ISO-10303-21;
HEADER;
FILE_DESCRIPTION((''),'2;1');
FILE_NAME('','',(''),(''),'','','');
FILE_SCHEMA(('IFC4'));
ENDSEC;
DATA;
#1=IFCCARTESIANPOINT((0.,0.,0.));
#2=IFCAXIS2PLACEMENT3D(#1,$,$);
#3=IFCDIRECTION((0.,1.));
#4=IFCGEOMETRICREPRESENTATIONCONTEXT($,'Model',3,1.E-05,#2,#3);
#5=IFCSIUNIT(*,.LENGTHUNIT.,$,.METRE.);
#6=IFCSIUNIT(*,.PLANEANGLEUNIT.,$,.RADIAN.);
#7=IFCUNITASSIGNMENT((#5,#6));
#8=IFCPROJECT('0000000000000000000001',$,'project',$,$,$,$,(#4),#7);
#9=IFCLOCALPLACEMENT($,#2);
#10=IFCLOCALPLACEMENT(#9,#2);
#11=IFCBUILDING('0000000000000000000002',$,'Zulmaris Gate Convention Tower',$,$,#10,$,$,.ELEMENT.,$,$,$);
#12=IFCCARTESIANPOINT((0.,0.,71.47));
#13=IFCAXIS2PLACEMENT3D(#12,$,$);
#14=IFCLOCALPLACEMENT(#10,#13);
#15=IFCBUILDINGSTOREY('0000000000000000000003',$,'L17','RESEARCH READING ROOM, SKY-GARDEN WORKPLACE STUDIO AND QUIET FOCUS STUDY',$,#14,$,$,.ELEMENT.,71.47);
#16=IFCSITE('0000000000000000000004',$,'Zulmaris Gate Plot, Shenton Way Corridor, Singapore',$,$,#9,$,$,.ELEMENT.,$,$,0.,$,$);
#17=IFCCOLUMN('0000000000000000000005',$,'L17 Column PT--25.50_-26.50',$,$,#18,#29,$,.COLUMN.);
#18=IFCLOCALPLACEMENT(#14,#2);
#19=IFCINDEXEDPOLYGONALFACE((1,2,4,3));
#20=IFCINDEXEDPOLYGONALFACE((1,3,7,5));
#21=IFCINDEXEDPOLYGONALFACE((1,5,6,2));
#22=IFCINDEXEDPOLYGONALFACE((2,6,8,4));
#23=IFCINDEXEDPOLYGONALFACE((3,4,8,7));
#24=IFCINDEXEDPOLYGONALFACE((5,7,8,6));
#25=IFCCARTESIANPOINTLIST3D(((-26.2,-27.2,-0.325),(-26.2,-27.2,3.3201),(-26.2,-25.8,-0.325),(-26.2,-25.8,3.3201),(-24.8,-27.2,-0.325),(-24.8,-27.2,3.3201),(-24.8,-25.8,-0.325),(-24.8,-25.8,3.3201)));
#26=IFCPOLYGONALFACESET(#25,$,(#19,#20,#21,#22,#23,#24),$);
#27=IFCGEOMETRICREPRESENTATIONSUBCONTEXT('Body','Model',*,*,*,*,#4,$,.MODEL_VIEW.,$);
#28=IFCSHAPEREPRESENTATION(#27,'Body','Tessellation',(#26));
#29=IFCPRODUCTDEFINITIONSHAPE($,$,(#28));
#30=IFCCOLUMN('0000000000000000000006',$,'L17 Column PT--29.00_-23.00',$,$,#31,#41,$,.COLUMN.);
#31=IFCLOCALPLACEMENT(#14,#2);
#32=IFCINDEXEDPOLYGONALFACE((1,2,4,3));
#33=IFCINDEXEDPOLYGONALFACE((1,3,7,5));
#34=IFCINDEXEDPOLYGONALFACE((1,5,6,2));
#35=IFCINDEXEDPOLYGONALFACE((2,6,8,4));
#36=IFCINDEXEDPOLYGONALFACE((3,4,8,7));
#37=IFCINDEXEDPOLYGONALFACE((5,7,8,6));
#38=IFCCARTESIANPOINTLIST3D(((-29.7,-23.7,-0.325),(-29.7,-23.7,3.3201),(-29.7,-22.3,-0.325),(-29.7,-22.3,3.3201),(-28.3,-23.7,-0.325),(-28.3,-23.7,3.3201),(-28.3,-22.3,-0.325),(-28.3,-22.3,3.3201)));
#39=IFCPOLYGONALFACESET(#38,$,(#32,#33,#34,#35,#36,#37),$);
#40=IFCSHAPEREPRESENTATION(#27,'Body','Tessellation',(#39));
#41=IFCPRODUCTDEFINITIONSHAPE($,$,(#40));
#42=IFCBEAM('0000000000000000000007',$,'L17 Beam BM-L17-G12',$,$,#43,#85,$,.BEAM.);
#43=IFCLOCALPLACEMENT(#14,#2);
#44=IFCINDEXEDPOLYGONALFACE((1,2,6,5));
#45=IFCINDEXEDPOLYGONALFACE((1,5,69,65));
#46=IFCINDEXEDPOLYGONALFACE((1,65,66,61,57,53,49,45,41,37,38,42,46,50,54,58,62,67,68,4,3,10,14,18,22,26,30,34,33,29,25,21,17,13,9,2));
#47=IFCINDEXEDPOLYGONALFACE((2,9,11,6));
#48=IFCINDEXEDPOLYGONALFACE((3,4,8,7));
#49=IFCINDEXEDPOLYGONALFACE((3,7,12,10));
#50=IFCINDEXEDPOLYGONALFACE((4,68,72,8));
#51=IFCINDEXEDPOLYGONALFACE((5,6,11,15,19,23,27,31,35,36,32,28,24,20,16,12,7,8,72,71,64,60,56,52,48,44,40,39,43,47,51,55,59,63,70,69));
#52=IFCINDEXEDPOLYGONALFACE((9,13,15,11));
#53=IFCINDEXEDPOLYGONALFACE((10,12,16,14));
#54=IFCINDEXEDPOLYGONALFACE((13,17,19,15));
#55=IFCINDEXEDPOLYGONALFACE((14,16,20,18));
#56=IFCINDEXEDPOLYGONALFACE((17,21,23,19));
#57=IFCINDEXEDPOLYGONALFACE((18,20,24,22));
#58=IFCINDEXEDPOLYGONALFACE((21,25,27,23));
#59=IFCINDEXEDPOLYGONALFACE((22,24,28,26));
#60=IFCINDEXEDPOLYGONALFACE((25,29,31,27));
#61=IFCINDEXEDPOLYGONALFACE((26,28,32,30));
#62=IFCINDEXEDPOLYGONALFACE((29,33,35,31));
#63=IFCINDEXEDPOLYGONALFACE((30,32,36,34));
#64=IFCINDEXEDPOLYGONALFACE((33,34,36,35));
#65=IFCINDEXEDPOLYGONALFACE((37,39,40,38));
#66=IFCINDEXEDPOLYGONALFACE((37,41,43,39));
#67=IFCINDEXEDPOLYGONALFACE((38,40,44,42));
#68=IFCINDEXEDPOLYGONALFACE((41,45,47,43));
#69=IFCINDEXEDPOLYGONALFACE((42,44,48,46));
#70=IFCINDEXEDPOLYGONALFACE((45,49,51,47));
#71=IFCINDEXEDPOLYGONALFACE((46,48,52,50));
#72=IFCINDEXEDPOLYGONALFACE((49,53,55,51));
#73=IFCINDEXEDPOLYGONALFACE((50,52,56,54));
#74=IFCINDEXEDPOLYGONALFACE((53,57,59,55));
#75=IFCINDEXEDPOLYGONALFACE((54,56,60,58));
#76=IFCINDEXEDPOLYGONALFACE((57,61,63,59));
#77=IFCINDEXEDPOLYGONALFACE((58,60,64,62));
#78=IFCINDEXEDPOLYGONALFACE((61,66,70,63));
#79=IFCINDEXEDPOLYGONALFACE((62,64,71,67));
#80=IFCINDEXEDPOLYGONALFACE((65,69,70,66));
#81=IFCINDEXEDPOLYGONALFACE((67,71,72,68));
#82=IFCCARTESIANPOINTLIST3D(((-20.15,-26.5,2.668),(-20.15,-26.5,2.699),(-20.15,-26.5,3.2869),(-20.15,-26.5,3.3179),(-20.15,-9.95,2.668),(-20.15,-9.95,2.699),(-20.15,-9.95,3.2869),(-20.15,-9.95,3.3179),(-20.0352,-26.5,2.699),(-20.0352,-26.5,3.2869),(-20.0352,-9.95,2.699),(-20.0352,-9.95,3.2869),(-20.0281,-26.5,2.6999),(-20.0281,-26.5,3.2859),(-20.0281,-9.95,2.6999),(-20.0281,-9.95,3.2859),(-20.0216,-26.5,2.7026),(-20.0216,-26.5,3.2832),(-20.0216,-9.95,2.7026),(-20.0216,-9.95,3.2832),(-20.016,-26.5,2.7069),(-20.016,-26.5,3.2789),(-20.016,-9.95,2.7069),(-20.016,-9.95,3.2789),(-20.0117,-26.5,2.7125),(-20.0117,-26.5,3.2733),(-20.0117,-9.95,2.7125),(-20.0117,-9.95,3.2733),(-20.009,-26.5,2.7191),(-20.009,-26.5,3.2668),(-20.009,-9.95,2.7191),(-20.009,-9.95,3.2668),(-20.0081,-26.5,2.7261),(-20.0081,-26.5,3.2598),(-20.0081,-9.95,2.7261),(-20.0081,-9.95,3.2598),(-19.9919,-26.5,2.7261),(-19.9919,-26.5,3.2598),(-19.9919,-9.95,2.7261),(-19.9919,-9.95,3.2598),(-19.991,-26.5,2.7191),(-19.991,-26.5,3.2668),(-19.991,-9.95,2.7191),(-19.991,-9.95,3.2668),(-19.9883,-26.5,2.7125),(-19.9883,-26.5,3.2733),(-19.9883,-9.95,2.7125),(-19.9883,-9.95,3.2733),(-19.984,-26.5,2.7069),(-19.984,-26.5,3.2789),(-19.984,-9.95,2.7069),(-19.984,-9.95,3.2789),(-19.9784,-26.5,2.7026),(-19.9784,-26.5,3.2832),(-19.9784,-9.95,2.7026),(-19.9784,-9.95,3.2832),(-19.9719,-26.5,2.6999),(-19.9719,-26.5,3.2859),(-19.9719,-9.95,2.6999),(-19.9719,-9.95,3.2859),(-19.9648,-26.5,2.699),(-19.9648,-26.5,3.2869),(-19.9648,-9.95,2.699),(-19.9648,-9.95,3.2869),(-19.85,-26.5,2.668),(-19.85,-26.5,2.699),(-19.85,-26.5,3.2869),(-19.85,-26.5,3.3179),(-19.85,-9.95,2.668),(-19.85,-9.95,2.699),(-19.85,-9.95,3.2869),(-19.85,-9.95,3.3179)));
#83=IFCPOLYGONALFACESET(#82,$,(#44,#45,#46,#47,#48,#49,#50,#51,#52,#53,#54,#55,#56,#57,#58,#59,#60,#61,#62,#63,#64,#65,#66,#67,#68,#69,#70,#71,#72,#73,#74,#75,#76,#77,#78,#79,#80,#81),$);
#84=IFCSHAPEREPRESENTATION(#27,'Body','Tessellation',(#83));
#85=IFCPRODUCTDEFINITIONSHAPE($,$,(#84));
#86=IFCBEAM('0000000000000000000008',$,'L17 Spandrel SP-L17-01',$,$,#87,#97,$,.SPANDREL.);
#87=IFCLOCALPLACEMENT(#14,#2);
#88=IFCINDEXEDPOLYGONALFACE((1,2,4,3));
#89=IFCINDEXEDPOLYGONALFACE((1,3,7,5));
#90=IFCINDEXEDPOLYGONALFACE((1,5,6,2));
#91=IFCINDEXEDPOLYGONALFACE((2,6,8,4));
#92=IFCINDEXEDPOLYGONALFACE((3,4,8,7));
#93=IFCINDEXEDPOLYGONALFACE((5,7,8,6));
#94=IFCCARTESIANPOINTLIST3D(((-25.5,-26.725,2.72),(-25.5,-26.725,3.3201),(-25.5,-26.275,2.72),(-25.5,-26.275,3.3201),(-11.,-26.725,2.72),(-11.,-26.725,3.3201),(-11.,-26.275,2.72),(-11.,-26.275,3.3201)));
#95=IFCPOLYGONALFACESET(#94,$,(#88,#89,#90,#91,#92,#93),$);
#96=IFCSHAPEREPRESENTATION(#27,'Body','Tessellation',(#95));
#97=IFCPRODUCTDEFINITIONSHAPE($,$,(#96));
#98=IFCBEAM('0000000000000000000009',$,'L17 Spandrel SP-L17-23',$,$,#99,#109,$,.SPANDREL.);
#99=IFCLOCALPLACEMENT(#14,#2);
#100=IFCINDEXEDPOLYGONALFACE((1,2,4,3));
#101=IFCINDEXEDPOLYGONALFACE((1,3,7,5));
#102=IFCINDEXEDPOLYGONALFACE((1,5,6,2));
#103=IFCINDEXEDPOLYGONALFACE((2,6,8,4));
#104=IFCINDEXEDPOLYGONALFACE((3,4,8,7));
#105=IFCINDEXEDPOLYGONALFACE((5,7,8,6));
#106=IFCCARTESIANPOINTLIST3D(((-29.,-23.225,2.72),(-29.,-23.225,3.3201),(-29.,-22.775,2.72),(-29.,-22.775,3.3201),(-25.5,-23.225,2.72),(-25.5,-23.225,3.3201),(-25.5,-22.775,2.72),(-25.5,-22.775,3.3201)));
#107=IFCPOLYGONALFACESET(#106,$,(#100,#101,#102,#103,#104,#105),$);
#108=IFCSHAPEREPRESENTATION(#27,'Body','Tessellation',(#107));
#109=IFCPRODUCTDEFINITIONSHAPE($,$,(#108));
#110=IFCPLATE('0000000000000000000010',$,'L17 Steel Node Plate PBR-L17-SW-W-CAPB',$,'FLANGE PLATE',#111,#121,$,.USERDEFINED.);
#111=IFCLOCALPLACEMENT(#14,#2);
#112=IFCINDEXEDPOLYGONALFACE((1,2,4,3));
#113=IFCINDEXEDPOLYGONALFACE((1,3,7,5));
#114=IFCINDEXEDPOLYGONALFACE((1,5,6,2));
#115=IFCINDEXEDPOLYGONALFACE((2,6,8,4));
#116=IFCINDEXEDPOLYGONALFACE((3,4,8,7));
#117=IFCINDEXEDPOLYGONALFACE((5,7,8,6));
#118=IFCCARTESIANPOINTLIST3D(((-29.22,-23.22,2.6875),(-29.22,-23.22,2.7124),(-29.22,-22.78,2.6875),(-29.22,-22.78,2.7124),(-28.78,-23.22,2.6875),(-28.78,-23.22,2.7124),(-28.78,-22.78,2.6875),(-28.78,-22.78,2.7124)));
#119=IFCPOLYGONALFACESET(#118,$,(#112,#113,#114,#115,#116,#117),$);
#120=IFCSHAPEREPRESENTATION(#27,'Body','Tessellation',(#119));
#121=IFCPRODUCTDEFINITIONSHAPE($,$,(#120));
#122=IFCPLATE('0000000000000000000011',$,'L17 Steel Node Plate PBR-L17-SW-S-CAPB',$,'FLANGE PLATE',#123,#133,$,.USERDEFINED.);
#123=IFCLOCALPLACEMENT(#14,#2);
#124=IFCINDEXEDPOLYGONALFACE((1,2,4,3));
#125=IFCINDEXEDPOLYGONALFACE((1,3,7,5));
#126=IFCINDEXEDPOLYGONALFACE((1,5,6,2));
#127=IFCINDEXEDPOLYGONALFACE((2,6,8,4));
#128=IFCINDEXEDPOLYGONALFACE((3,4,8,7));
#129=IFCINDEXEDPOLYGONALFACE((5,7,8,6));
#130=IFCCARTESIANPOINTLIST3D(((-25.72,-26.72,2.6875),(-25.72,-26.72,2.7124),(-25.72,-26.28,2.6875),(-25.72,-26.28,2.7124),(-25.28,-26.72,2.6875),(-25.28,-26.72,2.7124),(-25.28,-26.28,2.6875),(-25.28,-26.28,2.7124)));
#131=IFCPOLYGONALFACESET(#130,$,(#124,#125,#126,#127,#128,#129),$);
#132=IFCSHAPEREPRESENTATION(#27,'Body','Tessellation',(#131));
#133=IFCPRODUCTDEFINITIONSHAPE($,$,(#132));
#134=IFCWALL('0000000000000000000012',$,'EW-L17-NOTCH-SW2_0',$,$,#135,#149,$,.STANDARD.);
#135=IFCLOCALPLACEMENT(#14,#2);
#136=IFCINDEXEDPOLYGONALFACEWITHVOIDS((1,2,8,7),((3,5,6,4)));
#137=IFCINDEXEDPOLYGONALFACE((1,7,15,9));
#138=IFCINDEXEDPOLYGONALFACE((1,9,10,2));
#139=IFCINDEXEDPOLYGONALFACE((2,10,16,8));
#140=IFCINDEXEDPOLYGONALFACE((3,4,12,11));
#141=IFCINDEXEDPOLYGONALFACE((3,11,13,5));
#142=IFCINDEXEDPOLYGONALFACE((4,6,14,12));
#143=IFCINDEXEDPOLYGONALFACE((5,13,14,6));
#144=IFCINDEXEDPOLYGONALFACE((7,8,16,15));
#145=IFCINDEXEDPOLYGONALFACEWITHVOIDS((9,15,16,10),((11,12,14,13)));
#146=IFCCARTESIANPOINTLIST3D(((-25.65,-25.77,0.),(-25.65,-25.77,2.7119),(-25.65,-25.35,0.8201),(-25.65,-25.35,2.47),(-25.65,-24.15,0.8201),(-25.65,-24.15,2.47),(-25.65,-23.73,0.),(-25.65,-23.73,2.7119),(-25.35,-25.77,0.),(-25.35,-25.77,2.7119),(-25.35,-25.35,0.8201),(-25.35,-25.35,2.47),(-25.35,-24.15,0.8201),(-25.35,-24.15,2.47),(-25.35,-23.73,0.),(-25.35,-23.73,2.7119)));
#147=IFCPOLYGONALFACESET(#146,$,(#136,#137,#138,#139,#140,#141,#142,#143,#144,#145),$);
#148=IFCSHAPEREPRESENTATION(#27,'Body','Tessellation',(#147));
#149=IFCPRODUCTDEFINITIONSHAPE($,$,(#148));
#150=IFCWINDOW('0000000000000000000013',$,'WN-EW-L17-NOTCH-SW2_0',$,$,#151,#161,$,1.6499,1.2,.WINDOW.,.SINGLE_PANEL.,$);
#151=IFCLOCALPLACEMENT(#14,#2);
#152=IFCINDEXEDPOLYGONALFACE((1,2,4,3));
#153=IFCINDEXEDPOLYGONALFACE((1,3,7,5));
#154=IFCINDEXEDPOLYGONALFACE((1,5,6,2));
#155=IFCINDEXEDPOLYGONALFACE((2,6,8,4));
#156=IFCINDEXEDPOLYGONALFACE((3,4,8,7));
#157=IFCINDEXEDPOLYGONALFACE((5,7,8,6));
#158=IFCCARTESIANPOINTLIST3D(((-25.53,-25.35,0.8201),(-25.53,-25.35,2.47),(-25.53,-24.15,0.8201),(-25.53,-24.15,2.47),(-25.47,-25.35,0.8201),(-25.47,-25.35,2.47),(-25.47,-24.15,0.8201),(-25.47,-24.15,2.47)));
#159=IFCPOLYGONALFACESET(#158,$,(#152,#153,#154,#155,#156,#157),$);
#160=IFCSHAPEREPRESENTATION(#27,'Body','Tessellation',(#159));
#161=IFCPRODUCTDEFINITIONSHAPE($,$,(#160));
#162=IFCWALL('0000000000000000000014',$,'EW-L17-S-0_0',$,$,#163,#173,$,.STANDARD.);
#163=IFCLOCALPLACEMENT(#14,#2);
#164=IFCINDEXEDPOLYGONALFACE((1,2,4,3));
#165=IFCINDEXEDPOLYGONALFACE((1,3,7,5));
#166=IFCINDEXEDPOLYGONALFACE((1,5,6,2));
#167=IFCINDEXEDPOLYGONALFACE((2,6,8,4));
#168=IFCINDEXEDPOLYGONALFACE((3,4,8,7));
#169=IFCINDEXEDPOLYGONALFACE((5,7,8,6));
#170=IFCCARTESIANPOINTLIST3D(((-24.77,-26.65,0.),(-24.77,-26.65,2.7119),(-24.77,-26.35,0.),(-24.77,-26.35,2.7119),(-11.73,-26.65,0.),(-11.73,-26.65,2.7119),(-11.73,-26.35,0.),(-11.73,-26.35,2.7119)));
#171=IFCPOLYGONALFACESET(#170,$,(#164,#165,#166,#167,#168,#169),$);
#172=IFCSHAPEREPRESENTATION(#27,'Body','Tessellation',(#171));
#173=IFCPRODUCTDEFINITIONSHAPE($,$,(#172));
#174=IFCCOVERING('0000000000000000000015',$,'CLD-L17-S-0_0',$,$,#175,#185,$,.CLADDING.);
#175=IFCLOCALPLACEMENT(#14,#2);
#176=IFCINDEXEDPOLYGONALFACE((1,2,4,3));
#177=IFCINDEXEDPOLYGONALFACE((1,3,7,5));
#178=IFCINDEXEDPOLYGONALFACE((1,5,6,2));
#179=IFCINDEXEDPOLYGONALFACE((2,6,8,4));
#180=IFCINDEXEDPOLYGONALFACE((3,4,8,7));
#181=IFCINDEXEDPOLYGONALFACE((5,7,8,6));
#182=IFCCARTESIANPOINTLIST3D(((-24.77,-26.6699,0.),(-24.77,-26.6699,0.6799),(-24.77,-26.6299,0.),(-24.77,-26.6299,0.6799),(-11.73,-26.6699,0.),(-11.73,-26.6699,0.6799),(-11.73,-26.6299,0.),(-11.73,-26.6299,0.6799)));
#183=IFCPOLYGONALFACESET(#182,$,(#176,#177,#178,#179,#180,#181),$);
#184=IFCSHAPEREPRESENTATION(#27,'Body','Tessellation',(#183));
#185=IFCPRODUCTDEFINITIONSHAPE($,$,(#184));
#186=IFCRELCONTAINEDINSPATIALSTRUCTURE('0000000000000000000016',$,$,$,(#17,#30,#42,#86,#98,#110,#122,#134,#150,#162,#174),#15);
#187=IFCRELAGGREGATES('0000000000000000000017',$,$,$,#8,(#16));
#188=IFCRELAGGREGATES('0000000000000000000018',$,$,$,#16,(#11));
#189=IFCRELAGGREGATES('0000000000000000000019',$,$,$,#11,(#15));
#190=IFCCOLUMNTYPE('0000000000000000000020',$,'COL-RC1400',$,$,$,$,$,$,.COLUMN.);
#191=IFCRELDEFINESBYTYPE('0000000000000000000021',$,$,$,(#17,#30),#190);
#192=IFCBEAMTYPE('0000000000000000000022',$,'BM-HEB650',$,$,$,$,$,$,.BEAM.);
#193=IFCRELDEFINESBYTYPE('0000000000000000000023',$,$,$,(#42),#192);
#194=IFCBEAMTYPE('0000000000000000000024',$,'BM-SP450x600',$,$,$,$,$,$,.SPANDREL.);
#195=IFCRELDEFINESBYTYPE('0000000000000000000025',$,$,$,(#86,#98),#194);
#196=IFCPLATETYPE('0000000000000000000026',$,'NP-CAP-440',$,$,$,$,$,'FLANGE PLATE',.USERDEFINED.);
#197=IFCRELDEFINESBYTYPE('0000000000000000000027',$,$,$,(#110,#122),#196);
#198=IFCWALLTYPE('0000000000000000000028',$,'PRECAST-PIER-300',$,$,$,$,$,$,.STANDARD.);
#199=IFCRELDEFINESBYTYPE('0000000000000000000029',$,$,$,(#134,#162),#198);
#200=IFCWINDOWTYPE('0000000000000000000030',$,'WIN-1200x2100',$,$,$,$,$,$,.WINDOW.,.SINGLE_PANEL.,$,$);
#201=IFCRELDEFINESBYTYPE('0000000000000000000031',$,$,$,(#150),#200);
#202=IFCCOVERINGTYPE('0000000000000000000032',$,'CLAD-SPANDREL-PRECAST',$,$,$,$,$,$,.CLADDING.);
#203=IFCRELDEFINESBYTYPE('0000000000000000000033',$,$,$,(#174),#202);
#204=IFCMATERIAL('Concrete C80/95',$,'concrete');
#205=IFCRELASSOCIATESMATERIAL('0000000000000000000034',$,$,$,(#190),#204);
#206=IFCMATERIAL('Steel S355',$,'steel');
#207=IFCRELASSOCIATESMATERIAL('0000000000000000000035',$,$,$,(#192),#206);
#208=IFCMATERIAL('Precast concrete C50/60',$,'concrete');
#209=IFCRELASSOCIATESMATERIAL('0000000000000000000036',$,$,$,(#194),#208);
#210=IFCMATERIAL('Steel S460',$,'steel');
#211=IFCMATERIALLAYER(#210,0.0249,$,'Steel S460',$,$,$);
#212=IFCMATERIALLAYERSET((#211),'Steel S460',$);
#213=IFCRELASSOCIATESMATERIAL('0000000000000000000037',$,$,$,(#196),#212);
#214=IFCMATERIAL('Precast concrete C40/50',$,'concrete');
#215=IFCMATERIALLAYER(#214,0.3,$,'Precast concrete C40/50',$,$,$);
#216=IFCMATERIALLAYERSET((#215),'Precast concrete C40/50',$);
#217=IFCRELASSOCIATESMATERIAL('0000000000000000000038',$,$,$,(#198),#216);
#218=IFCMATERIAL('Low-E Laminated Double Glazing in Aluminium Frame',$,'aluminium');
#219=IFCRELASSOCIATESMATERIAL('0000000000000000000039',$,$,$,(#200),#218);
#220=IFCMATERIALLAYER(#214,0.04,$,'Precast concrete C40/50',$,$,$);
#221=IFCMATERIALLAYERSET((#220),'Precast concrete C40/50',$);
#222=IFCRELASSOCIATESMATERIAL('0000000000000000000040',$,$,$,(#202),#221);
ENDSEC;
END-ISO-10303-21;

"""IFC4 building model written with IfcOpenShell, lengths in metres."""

from ifc_helpers import new_model, si_unit, direction, frame, frame_2d, origin, origin_2d, place, context, subcontext, project, spatial, rectangle, i_section, extrude, material, layer, layer_set, material_profile, profile_set, type_object, element, fill, save


model = new_model("IFC4")

# Units and contexts
model_context = context("Model", 3, precision=1e-05, world=origin(), true_north=direction((0.0, 1.0)))
body_context = subcontext(model_context, "Body", "Model", "MODEL_VIEW")
ifc_project = project(units=[si_unit("LENGTHUNIT", "METRE"), si_unit("PLANEANGLEUNIT", "RADIAN")], contexts=[model_context])

# Site, building, storey
site_placement = place(None, origin())
site = spatial("IfcSite", under=ifc_project, at=site_placement, Name="Zulmaris Gate Plot, Shenton Way Corridor, Singapore", CompositionType="ELEMENT", RefElevation=0.0)
building_placement = place(site_placement, origin())
building = spatial("IfcBuilding", under=site, at=building_placement, Name="Zulmaris Gate Convention Tower", CompositionType="ELEMENT")
storey_placement = place(building_placement, frame((0.0, 0.0, 71.47)))
storey = spatial("IfcBuildingStorey", under=building, at=storey_placement, Name="L17", Description="RESEARCH READING ROOM, SKY-GARDEN WORKPLACE STUDIO AND QUIET FOCUS STUDY", CompositionType="ELEMENT", Elevation=71.47)

# Columns
ifc_material_1 = material(Name="Concrete C80/95", Category="concrete")
ifc_material_profile_1 = material_profile(ifc_material_1, rectangle(XDim=1.3999, YDim=1.3999, at=origin_2d()), Name="RC COL 1400x1400")
ifc_profile_set_1 = profile_set([ifc_material_profile_1], Name="Concrete C80/95")
column_type = type_object("IfcColumnType", Name="COL-RC1400", PredefinedType="COLUMN", material=ifc_profile_set_1)
for number, where, z_axis, x_axis, name in (
    (1, (-25.5, -26.5, -0.325), (0.0, 0.0, 1.0), (1.0, 0.0, 0.0), "L17 Column PT--25.50_-26.50"),
    (2, (-29.0, -23.0, -0.325), (0.0, 0.0, 1.0), (1.0, 0.0, 0.0), "L17 Column PT--29.00_-23.00"),
):
    element("IfcColumn", number, at=place(storey_placement, frame(where, z_axis=z_axis, x_axis=x_axis)), inside=storey, type_object=column_type, Name=name, PredefinedType="COLUMN", context=body_context, shape_type="SweptSolid", body=[
        extrude(rectangle(XDim=1.3999, YDim=1.3999, at=origin_2d()), origin(), (0.0, 0.0, 1.0), 3.645),
    ])

# Beams
ifc_material_2 = material(Name="Steel S355", Category="steel")
ifc_material_profile_2 = material_profile(ifc_material_2, i_section(OverallWidth=0.3, OverallDepth=0.6499, WebThickness=0.0161, FlangeThickness=0.031, FilletRadius=0.0271, at=origin_2d()), Name="HEB 650")
ifc_profile_set_2 = profile_set([ifc_material_profile_2], Name="Steel S355")
beam_type_1 = type_object("IfcBeamType", Name="BM-HEB650", PredefinedType="BEAM", material=ifc_profile_set_2)
beam_1_placement = place(storey_placement, frame((-20.0, -26.5, 2.9929), z_axis=(0.0, 1.0, 0.0), x_axis=(-1.0, 0.0, 0.0)))
element("IfcBeam", 3, at=beam_1_placement, inside=storey, type_object=beam_type_1, Name="L17 Beam BM-L17-G12", PredefinedType="BEAM", context=body_context, shape_type="SweptSolid", body=[
    extrude(i_section(OverallWidth=0.3, OverallDepth=0.6499, WebThickness=0.0161, FlangeThickness=0.031, FilletRadius=0.0271, at=origin_2d()), origin(), (0.0, 0.0, 1.0), 16.55),
])
ifc_material_3 = material(Name="Precast concrete C50/60", Category="concrete")
ifc_material_profile_3 = material_profile(ifc_material_3, rectangle(XDim=0.45, YDim=0.6001, at=origin_2d()), Name="RC SPANDREL 450x600")
ifc_profile_set_3 = profile_set([ifc_material_profile_3], Name="Precast concrete C50/60")
beam_type_2 = type_object("IfcBeamType", Name="BM-SP450x600", PredefinedType="SPANDREL", material=ifc_profile_set_3)
beam_2_placement = place(storey_placement, frame((-25.5, -26.5, 3.02), z_axis=(1.0, 0.0, 0.0), x_axis=(0.0, 1.0, 0.0)))
element("IfcBeam", 4, at=beam_2_placement, inside=storey, type_object=beam_type_2, Name="L17 Spandrel SP-L17-01", PredefinedType="SPANDREL", context=body_context, shape_type="SweptSolid", body=[
    extrude(rectangle(XDim=0.45, YDim=0.6001, at=origin_2d()), origin(), (0.0, 0.0, 1.0), 14.5),
])
beam_3_placement = place(storey_placement, frame((-29.0, -23.0, 3.02), z_axis=(1.0, 0.0, 0.0), x_axis=(0.0, 1.0, 0.0)))
element("IfcBeam", 5, at=beam_3_placement, inside=storey, type_object=beam_type_2, Name="L17 Spandrel SP-L17-23", PredefinedType="SPANDREL", context=body_context, shape_type="SweptSolid", body=[
    extrude(rectangle(XDim=0.45, YDim=0.6001, at=origin_2d()), origin(), (0.0, 0.0, 1.0), 3.5),
])

# Plates
ifc_material_4 = material(Name="Steel S460", Category="steel")
ifc_layer_1 = layer(ifc_material_4, 0.0249, Name="Steel S460")
ifc_layer_set_1 = layer_set([ifc_layer_1], Name="Steel S460")
plate_type = type_object("IfcPlateType", Name="NP-CAP-440", ElementType="FLANGE PLATE", PredefinedType="USERDEFINED", material=ifc_layer_set_1)
for number, where, z_axis, x_axis, name in (
    (6, (-29.0, -23.0, 2.6875), (0.0, 0.0, 1.0), (1.0, 0.0, 0.0), "L17 Steel Node Plate PBR-L17-SW-W-CAPB"),
    (7, (-25.5, -26.5, 2.6875), (0.0, 0.0, 1.0), (1.0, 0.0, 0.0), "L17 Steel Node Plate PBR-L17-SW-S-CAPB"),
):
    element("IfcPlate", number, at=place(storey_placement, frame(where, z_axis=z_axis, x_axis=x_axis)), inside=storey, type_object=plate_type, Name=name, ObjectType="FLANGE PLATE", PredefinedType="USERDEFINED", context=body_context, shape_type="SweptSolid", body=[
        extrude(rectangle(XDim=0.4399, YDim=0.4399, at=origin_2d()), origin(), (0.0, 0.0, 1.0), 0.0249),
    ])

# Wall, opening, window
ifc_material_5 = material(Name="Precast concrete C40/50", Category="concrete")
ifc_layer_2 = layer(ifc_material_5, 0.3, Name="Precast concrete C40/50")
ifc_layer_set_2 = layer_set([ifc_layer_2], Name="Precast concrete C40/50")
wall_type = type_object("IfcWallType", Name="PRECAST-PIER-300", PredefinedType="STANDARD", material=ifc_layer_set_2)
wall_1_placement = place(storey_placement, frame((-25.5, -23.73, 0.0), z_axis=(0.0, 0.0, 1.0), x_axis=(0.0, -1.0, 0.0)))
wall_1 = element("IfcWall", 8, at=wall_1_placement, inside=storey, type_object=wall_type, Name="EW-L17-NOTCH-SW2_0", PredefinedType="STANDARD", context=body_context, shape_type="SweptSolid", body=[
    extrude(rectangle(XDim=2.04, YDim=0.3, at=frame_2d((1.02, 0.0))), origin(), (0.0, 0.0, 1.0), 2.7119),
])
opening_placement = place(wall_1_placement, frame((0.4199, 0.0, 0.8201)))
opening = element("IfcOpeningElement", 9, at=opening_placement, cuts=wall_1, PredefinedType="OPENING", context=body_context, shape_type="SweptSolid", body=[
    extrude(rectangle(XDim=1.2, YDim=1.6499, at=frame_2d((0.6001, 0.825))), frame((0.0, 0.1602, 0.0), z_axis=(0.0, -1.0, 0.0), x_axis=(1.0, 0.0, 0.0)), (0.0, 0.0, 1.0), 0.3201),
])
ifc_material_6 = material(Name="Low-E Laminated Double Glazing in Aluminium Frame", Category="aluminium")
window_type = type_object("IfcWindowType", Name="WIN-1200x2100", PartitioningType="SINGLE_PANEL", PredefinedType="WINDOW", material=ifc_material_6)
window_placement = place(opening_placement, origin())
window = element("IfcWindow", 10, at=window_placement, inside=storey, type_object=window_type, Name="WN-EW-L17-NOTCH-SW2_0", OverallHeight=1.6499, OverallWidth=1.2, PartitioningType="SINGLE_PANEL", PredefinedType="WINDOW", context=body_context, shape_type="SweptSolid", body=[
    extrude(rectangle(XDim=1.2, YDim=1.6499, at=frame_2d((0.6001, 0.825))), frame((0.0, 0.03, 0.0), z_axis=(0.0, -1.0, 0.0), x_axis=(1.0, 0.0, 0.0)), (0.0, 0.0, 1.0), 0.0601),
])
fill(opening, window)

# Wall
wall_2_placement = place(storey_placement, frame((-24.77, -26.5, 0.0), z_axis=(0.0, 0.0, 1.0), x_axis=(1.0, 0.0, 0.0)))
element("IfcWall", 11, at=wall_2_placement, inside=storey, type_object=wall_type, Name="EW-L17-S-0_0", PredefinedType="STANDARD", context=body_context, shape_type="SweptSolid", body=[
    extrude(rectangle(XDim=13.04, YDim=0.3, at=frame_2d((6.52, 0.0))), origin(), (0.0, 0.0, 1.0), 2.7119),
])

# Covering
ifc_layer_3 = layer(ifc_material_5, 0.04, Name="Precast concrete C40/50")
ifc_layer_set_3 = layer_set([ifc_layer_3], Name="Precast concrete C40/50")
covering_type_1 = type_object("IfcCoveringType", Name="CLAD-SPANDREL-PRECAST", PredefinedType="CLADDING", material=ifc_layer_set_3)
covering_1_placement = place(storey_placement, frame((-24.77, -26.6499, 0.0), z_axis=(0.0, 0.0, 1.0), x_axis=(1.0, 0.0, 0.0)))
element("IfcCovering", 12, at=covering_1_placement, inside=storey, type_object=covering_type_1, Name="CLD-L17-S-0_0", PredefinedType="CLADDING", context=body_context, shape_type="SweptSolid", body=[
    extrude(rectangle(XDim=13.04, YDim=0.04, at=frame_2d((6.52, 0.0))), origin(), (0.0, 0.0, 1.0), 0.6799),
])

save(model, "model.ifc")
